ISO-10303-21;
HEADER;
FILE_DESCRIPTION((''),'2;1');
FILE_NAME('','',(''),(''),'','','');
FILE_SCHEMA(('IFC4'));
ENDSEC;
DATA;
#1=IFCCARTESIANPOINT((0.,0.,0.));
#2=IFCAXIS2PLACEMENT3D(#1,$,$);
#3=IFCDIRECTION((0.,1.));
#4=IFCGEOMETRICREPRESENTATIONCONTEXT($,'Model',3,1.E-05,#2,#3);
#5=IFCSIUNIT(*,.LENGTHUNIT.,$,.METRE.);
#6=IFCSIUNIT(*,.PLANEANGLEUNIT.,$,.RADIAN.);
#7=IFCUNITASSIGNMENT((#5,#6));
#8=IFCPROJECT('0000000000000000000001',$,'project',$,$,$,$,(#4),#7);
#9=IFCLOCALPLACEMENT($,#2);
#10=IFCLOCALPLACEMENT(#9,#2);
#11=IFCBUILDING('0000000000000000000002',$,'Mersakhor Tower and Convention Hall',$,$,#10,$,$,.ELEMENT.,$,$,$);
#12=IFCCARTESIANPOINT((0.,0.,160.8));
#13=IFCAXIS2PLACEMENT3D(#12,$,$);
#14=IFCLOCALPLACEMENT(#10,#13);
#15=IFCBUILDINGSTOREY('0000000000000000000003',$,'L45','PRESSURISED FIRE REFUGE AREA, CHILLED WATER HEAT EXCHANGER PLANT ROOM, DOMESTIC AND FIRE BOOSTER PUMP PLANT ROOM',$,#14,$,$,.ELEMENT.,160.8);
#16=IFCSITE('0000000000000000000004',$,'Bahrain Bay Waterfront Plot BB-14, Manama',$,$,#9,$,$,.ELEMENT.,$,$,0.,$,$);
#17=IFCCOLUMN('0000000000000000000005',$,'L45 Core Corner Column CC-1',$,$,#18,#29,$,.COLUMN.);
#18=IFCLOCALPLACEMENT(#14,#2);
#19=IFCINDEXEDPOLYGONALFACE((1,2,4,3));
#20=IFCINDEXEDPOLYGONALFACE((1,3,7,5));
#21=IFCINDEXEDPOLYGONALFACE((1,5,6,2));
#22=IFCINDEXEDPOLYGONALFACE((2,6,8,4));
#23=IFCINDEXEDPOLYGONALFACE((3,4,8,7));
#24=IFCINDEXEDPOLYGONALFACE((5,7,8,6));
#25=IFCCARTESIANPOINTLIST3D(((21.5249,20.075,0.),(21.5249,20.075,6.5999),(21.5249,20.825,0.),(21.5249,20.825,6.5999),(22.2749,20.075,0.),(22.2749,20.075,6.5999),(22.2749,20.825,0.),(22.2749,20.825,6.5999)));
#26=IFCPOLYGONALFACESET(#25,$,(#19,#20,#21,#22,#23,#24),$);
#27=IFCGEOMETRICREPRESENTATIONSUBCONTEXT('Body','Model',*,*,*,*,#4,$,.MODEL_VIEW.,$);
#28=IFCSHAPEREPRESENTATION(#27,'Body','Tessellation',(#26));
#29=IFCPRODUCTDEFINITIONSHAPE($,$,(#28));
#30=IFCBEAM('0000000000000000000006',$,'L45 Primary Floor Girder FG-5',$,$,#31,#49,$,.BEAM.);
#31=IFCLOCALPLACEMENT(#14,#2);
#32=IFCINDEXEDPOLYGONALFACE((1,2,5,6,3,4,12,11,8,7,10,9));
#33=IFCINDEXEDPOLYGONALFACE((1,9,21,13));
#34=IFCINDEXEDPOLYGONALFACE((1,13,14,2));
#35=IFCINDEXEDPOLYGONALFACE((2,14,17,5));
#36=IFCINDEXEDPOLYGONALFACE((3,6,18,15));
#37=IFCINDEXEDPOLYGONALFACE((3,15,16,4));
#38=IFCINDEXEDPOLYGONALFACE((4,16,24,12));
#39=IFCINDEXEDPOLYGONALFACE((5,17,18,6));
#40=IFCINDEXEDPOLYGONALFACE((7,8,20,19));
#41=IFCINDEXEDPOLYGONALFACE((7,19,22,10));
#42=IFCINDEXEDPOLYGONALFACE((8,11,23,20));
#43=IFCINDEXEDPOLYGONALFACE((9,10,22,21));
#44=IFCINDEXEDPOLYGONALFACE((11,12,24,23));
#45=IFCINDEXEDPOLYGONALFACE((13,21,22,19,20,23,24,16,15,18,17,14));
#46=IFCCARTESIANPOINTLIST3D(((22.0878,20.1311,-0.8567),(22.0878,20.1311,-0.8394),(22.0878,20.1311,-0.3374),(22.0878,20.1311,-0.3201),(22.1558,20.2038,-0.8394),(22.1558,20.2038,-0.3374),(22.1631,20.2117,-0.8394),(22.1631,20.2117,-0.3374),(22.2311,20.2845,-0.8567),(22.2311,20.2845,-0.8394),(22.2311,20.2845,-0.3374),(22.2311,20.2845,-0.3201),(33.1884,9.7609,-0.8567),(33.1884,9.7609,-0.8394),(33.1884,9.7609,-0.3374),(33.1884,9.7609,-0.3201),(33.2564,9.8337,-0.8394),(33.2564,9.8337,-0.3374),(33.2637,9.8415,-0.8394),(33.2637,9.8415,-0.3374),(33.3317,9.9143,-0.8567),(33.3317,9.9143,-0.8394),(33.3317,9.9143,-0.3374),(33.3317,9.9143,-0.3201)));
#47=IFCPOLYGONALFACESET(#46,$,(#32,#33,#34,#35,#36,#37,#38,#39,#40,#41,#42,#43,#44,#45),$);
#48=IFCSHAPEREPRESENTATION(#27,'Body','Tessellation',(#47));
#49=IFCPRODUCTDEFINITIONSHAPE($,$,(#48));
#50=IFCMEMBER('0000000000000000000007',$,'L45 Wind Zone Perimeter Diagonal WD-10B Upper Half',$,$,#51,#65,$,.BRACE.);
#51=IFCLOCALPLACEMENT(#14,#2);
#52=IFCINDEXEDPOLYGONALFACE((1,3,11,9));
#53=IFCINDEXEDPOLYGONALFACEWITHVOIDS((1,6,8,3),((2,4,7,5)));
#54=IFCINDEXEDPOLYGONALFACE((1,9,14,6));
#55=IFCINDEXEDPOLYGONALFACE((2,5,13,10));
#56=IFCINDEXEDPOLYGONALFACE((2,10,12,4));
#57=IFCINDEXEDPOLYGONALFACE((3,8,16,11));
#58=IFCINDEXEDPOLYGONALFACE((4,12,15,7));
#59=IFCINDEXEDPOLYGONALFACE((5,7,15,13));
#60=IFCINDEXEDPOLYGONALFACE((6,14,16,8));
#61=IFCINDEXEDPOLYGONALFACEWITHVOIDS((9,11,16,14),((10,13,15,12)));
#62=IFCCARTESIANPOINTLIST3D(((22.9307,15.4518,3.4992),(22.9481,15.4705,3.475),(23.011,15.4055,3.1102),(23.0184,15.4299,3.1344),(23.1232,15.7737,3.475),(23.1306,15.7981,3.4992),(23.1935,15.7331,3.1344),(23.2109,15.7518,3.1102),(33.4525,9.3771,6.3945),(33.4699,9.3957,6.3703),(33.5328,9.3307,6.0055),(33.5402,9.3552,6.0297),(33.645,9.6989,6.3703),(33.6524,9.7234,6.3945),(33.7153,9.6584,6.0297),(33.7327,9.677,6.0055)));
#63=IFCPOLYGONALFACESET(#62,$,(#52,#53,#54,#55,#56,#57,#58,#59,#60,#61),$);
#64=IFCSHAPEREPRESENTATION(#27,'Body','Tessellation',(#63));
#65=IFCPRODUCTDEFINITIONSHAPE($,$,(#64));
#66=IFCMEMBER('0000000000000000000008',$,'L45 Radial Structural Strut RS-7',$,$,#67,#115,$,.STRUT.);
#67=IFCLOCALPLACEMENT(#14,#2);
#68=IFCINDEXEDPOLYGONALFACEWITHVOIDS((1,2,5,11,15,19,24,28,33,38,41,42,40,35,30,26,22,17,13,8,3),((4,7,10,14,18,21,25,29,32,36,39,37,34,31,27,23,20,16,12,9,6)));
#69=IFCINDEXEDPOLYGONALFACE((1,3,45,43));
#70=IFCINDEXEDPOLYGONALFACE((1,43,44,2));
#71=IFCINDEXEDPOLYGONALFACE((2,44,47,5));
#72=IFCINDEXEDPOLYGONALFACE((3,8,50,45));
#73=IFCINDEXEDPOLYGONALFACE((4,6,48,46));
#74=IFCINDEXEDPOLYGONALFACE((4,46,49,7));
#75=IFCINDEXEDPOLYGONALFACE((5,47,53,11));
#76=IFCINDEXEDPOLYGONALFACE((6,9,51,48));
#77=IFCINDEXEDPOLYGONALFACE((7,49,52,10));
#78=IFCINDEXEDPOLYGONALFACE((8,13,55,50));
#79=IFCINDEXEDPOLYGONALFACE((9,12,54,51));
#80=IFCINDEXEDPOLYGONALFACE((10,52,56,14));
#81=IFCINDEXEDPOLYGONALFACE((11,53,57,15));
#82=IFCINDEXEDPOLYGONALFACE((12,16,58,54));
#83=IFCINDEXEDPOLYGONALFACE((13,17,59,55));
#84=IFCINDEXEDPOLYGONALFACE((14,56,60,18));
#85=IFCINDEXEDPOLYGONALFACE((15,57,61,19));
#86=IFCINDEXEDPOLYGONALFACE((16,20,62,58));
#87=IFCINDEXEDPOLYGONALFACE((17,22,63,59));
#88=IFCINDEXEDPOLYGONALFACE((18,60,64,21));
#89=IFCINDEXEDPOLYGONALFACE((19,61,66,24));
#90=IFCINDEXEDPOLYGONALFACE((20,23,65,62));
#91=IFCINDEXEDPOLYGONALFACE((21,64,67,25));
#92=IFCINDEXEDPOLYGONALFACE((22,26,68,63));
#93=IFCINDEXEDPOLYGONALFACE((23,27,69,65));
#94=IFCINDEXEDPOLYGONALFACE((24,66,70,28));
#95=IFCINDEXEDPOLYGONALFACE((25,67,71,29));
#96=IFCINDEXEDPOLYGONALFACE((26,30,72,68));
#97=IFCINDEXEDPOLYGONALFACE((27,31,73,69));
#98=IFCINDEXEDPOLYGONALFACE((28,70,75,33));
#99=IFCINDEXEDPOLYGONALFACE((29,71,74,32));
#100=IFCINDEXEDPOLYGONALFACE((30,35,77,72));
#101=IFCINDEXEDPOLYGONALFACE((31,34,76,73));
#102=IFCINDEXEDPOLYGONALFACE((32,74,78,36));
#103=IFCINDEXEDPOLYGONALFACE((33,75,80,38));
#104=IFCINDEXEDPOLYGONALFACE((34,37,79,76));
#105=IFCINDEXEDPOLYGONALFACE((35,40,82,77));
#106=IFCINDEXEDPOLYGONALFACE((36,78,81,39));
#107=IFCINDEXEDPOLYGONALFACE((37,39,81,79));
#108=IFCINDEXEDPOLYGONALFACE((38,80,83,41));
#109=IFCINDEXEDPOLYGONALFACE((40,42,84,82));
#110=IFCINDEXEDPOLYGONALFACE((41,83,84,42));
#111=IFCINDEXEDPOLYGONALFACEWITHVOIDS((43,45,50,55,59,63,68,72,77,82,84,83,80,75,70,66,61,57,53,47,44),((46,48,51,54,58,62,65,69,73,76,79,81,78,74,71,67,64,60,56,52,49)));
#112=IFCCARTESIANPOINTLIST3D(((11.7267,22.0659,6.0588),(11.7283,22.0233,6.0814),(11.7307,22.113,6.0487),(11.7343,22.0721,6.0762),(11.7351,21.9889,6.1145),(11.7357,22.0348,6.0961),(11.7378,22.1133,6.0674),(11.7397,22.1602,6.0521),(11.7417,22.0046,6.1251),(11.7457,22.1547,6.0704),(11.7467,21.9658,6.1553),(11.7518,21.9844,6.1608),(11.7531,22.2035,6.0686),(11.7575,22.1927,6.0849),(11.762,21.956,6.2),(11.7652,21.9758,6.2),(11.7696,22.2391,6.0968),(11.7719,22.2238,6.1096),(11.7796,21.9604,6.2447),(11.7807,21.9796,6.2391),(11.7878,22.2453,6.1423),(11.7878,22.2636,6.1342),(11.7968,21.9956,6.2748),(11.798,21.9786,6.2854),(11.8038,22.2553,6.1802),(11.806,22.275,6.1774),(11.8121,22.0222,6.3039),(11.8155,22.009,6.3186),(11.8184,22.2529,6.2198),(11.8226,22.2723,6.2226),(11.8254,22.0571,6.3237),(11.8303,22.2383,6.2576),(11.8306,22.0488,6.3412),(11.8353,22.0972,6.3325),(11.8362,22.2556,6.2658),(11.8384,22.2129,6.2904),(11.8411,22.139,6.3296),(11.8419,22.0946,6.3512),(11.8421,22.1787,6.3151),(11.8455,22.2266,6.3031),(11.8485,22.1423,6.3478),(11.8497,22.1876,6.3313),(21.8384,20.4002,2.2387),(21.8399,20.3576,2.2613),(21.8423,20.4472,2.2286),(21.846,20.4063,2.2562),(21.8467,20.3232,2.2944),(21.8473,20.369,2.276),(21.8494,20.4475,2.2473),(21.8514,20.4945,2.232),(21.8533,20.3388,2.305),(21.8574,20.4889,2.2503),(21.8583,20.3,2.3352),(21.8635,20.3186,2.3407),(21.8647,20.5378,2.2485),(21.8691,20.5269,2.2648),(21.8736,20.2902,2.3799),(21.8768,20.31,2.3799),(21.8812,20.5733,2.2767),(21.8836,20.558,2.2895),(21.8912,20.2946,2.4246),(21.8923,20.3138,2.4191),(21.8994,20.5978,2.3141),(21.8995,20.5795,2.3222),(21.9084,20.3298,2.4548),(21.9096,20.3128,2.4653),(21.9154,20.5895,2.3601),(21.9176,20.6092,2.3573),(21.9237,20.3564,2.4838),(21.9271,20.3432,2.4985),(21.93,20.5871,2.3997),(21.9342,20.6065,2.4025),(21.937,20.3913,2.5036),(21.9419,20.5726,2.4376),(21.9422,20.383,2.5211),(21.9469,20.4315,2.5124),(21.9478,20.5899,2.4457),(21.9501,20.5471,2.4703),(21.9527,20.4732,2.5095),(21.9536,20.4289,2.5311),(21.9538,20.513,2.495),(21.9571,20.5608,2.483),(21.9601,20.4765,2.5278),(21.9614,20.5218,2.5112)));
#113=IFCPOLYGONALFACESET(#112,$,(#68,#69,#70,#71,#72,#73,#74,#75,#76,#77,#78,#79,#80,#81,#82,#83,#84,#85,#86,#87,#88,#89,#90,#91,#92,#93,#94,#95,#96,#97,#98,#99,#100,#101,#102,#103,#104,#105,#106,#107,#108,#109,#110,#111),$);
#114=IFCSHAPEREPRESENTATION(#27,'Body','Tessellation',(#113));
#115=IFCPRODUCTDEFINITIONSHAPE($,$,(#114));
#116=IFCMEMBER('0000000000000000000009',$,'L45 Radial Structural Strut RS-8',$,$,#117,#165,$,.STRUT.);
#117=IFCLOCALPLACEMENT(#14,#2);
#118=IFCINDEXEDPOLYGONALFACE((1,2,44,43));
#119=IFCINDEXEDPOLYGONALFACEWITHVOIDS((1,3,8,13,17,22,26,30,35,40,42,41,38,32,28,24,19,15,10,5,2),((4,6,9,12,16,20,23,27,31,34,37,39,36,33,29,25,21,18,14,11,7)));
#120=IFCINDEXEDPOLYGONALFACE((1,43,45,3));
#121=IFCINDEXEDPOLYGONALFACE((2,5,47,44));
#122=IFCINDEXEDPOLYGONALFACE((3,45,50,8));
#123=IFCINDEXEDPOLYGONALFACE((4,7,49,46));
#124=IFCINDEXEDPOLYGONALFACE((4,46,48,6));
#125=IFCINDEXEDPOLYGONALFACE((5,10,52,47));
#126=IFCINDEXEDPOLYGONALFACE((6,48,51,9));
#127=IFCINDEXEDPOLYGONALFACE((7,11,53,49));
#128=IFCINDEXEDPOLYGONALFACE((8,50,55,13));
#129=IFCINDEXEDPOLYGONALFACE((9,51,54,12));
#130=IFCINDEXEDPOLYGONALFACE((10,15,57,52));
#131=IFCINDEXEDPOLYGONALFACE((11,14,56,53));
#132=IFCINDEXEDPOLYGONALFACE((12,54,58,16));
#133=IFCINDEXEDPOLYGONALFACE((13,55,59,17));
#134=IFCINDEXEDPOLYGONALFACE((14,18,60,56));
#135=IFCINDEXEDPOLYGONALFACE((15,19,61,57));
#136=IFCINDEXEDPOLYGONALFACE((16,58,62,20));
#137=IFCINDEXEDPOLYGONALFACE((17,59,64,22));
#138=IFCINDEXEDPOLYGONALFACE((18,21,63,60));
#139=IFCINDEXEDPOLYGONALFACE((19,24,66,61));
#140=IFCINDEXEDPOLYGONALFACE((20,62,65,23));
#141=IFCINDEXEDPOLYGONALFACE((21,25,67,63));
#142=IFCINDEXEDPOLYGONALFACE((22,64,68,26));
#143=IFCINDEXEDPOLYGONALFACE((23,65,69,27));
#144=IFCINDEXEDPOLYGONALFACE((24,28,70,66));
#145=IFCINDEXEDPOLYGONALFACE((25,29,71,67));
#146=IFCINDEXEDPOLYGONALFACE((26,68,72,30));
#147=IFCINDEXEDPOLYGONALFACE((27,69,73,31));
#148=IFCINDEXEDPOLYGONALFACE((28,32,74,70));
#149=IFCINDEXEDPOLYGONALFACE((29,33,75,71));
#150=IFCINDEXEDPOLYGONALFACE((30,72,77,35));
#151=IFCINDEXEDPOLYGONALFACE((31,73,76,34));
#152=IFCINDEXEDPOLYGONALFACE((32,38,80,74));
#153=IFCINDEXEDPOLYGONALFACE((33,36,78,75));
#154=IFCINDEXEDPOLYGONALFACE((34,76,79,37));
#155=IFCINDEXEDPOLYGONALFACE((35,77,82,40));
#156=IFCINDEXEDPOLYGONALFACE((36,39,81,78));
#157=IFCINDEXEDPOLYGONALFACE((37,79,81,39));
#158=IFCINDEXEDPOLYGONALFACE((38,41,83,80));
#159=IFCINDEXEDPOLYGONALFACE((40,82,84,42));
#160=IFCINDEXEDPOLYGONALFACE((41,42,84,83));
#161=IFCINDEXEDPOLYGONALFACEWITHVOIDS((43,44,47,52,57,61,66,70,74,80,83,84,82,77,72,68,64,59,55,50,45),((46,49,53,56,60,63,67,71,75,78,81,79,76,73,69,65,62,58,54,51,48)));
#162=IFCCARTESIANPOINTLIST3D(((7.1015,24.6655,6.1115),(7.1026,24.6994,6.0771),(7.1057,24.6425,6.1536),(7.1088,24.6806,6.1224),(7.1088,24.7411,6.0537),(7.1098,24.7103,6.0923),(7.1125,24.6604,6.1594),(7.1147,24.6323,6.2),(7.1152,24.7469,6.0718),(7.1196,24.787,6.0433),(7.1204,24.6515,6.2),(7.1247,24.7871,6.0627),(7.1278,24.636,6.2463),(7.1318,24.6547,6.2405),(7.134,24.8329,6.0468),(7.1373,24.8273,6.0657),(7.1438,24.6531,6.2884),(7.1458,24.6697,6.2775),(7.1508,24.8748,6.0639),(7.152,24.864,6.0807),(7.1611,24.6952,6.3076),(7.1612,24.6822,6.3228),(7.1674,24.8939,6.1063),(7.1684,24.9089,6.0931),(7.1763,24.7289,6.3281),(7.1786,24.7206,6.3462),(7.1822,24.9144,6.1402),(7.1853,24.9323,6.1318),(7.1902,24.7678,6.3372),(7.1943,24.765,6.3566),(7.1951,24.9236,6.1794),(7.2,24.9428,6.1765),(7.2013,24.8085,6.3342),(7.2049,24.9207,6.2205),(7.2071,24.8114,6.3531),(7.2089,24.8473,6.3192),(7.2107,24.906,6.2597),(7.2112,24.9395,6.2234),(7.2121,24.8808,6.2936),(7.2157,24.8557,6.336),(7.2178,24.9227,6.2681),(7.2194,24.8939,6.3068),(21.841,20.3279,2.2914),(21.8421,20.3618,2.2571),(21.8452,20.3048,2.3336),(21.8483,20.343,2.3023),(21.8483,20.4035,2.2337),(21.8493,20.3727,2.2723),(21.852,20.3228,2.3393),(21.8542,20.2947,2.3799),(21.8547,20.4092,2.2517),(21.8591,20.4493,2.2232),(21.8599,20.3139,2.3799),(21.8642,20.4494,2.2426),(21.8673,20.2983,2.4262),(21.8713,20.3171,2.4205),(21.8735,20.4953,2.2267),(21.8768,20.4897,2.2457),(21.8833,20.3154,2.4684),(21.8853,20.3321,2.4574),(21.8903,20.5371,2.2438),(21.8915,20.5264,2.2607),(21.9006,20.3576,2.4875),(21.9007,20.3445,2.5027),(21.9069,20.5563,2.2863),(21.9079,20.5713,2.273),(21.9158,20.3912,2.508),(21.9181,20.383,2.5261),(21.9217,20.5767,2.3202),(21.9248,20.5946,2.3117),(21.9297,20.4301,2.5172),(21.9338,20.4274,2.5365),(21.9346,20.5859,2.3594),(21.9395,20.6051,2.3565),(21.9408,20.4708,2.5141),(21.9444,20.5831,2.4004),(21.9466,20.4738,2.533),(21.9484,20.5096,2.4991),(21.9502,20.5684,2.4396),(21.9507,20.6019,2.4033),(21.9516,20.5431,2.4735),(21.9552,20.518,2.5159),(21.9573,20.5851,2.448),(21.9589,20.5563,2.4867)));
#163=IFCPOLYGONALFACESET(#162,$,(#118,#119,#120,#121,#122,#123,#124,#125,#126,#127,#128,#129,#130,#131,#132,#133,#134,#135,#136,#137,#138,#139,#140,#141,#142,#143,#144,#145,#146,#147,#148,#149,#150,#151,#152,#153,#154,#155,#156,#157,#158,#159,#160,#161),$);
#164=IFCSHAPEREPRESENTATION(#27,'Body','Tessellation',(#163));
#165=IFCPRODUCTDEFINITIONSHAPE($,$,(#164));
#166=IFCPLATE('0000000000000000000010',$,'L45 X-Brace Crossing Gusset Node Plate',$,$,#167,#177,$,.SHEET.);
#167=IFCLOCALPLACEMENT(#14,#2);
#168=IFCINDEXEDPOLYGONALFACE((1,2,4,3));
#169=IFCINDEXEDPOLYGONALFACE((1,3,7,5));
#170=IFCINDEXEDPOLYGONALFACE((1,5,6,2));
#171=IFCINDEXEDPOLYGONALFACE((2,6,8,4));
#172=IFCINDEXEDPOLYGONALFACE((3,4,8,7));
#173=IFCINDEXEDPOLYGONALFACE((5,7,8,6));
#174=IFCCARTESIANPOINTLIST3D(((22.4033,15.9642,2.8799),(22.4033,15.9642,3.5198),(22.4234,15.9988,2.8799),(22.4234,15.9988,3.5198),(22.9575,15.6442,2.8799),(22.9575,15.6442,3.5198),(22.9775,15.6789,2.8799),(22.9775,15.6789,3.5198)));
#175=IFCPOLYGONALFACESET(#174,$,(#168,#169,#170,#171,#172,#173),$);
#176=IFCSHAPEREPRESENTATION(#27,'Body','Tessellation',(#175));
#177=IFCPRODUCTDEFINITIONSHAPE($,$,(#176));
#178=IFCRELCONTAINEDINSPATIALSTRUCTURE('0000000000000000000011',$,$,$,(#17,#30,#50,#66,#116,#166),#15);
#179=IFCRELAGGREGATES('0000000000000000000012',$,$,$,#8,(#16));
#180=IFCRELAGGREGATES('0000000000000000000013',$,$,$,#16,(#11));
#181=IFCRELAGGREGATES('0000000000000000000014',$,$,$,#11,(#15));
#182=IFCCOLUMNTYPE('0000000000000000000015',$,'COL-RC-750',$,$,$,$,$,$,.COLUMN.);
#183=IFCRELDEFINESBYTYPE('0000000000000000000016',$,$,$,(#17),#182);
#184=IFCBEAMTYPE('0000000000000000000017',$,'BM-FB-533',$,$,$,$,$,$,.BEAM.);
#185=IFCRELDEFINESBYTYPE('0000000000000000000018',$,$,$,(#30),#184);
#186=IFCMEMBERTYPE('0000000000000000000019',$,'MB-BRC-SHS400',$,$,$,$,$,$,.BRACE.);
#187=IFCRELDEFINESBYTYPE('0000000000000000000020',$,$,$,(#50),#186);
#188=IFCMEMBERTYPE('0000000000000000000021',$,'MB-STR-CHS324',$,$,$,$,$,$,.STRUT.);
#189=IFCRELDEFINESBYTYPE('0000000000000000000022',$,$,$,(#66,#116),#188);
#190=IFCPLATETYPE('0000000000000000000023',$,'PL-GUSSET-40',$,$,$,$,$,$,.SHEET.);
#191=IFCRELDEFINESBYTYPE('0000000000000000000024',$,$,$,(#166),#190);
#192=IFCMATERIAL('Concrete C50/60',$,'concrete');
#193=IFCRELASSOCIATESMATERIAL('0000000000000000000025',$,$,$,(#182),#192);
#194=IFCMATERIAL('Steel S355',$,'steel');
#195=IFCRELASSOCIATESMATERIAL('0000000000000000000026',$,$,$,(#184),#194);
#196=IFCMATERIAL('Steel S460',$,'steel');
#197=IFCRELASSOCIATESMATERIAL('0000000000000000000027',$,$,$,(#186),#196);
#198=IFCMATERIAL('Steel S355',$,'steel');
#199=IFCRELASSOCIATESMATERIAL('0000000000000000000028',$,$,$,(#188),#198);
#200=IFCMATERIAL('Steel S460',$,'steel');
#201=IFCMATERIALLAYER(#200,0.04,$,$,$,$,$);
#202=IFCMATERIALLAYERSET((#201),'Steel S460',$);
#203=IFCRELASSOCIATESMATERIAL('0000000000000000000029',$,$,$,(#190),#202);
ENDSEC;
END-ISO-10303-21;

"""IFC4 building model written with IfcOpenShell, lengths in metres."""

from ifc_helpers import new_model, si_unit, direction, frame, origin, origin_2d, place, context, subcontext, project, spatial, rectangle, hollow_rectangle, hollow_circle, i_section, extrude, material, layer, layer_set, material_profile, profile_set, type_object, element, save


model = new_model("IFC4")

# Units and contexts
model_context = context("Model", 3, precision=1e-05, world=origin(), true_north=direction((0.0, 1.0)))
body_context = subcontext(model_context, "Body", "Model", "MODEL_VIEW")
ifc_project = project(units=[si_unit("LENGTHUNIT", "METRE"), si_unit("PLANEANGLEUNIT", "RADIAN")], contexts=[model_context])

# Site, building, storey
site_placement = place(None, origin())
site = spatial("IfcSite", under=ifc_project, at=site_placement, Name="Bahrain Bay Waterfront Plot BB-14, Manama", CompositionType="ELEMENT", RefElevation=0.0)
building_placement = place(site_placement, origin())
building = spatial("IfcBuilding", under=site, at=building_placement, Name="Mersakhor Tower and Convention Hall", CompositionType="ELEMENT")
storey_placement = place(building_placement, frame((0.0, 0.0, 160.8)))
storey = spatial("IfcBuildingStorey", under=building, at=storey_placement, Name="L45", Description="PRESSURISED FIRE REFUGE AREA, CHILLED WATER HEAT EXCHANGER PLANT ROOM, DOMESTIC AND FIRE BOOSTER PUMP PLANT ROOM", CompositionType="ELEMENT", Elevation=160.8)

# Column
ifc_material_1 = material(Name="Concrete C50/60", Category="concrete")
ifc_material_profile_1 = material_profile(ifc_material_1, rectangle(XDim=0.75, YDim=0.75, at=origin_2d()), Name="RC 750x750")
ifc_profile_set_1 = profile_set([ifc_material_profile_1], Name="Concrete C50/60")
column_type = type_object("IfcColumnType", Name="COL-RC-750", PredefinedType="COLUMN", material=ifc_profile_set_1)
column_placement = place(storey_placement, frame((21.8999, 20.45, 0.0), z_axis=(0.0, 0.0, 1.0), x_axis=(1.0, 0.0, 0.0)))
element("IfcColumn", 1, at=column_placement, inside=storey, type_object=column_type, Name="L45 Core Corner Column CC-1", PredefinedType="COLUMN", context=body_context, shape_type="SweptSolid", body=[
    extrude(rectangle(XDim=0.75, YDim=0.75, at=origin_2d()), origin(), (0.0, 0.0, 1.0), 6.5999),
])

# Beam
ifc_material_2 = material(Name="Steel S355", Category="steel")
ifc_material_profile_2 = material_profile(ifc_material_2, i_section(OverallWidth=0.21, OverallDepth=0.5366, WebThickness=0.0107, FlangeThickness=0.0173, at=origin_2d()), Name="UB 533x210x101")
ifc_profile_set_2 = profile_set([ifc_material_profile_2], Name="Steel S355")
beam_type = type_object("IfcBeamType", Name="BM-FB-533", PredefinedType="BEAM", material=ifc_profile_set_2)
beam_placement = place(storey_placement, frame((22.1594, 20.2078, -0.5884), z_axis=(0.730741, -0.682655, 0.0), x_axis=(0.682655, 0.730741, 0.0)))
element("IfcBeam", 2, at=beam_placement, inside=storey, type_object=beam_type, Name="L45 Primary Floor Girder FG-5", PredefinedType="BEAM", context=body_context, shape_type="SweptSolid", body=[
    extrude(i_section(OverallWidth=0.21, OverallDepth=0.5366, WebThickness=0.0107, FlangeThickness=0.0173, at=origin_2d()), origin(), (0.0, 0.0, 1.0), 15.1909),
])

# Members
ifc_material_3 = material(Name="Steel S460", Category="steel")
ifc_material_profile_3 = material_profile(ifc_material_3, hollow_rectangle(XDim=0.3999, YDim=0.3999, WallThickness=0.0249, at=origin_2d()), Name="SHS 400x400x25")
ifc_profile_set_3 = profile_set([ifc_material_profile_3], Name="Steel S460")
member_type_1 = type_object("IfcMemberType", Name="MB-BRC-SHS400", PredefinedType="BRACE", material=ifc_profile_set_3)
member_1_placement = place(storey_placement, frame((23.0708, 15.6018, 3.3047), z_axis=(0.842436, -0.486379, 0.231813), x_axis=(0.499999, 0.866026, 0.0)))
element("IfcMember", 3, at=member_1_placement, inside=storey, type_object=member_type_1, Name="L45 Wind Zone Perimeter Diagonal WD-10B Upper Half", PredefinedType="BRACE", context=body_context, shape_type="SweptSolid", body=[
    extrude(hollow_rectangle(XDim=0.3999, YDim=0.3999, WallThickness=0.0249, at=origin_2d()), origin(), (0.0, 0.0, 1.0), 12.4897),
])
ifc_material_4 = material(Name="Steel S355", Category="steel")
ifc_material_profile_4 = material_profile(ifc_material_4, hollow_circle(Radius=0.1619, WallThickness=0.02, at=origin_2d()), Name="CHS 323.9x20")
ifc_profile_set_4 = profile_set([ifc_material_profile_4], Name="Steel S355")
member_type_2 = type_object("IfcMemberType", Name="MB-STR-CHS324", PredefinedType="STRUT", material=ifc_profile_set_4)
member_2_placement = place(storey_placement, frame((21.8999, 20.45, 2.3799), z_axis=(-0.924553, 0.15231, 0.349289), x_axis=(-0.162548, -0.986701, 0.0)))
element("IfcMember", 4, at=member_2_placement, inside=storey, type_object=member_type_2, Name="L45 Radial Structural Strut RS-7", PredefinedType="STRUT", context=body_context, shape_type="SweptSolid", body=[
    extrude(hollow_circle(Radius=0.1619, WallThickness=0.02, at=origin_2d()), origin(), (0.0, 0.0, 1.0), 10.9368),
])
member_3_placement = place(storey_placement, frame((21.8999, 20.45, 2.3799), z_axis=(-0.930978, 0.273975, 0.241284), x_axis=(-0.282316, -0.959321, 0.0)))
element("IfcMember", 5, at=member_3_placement, inside=storey, type_object=member_type_2, Name="L45 Radial Structural Strut RS-8", PredefinedType="STRUT", context=body_context, shape_type="SweptSolid", body=[
    extrude(hollow_circle(Radius=0.1619, WallThickness=0.02, at=origin_2d()), origin(), (0.0, 0.0, 1.0), 15.8323),
])

# Plate
ifc_material_5 = material(Name="Steel S460", Category="steel")
ifc_layer_1 = layer(ifc_material_5, 0.04)
ifc_layer_set_1 = layer_set([ifc_layer_1], Name="Steel S460")
plate_type = type_object("IfcPlateType", Name="PL-GUSSET-40", PredefinedType="SHEET", material=ifc_layer_set_1)
plate_placement = place(storey_placement, frame((22.6904, 15.8215, 2.8799), z_axis=(0.0, 0.0, 1.0), x_axis=(0.866025, -0.5, 0.0)))
element("IfcPlate", 6, at=plate_placement, inside=storey, type_object=plate_type, Name="L45 X-Brace Crossing Gusset Node Plate", PredefinedType="SHEET", context=body_context, shape_type="SweptSolid", body=[
    extrude(rectangle(XDim=0.6399, YDim=0.04, at=origin_2d()), origin(), (0.0, 0.0, 1.0), 0.6399),
])

save(model, "model.ifc")
